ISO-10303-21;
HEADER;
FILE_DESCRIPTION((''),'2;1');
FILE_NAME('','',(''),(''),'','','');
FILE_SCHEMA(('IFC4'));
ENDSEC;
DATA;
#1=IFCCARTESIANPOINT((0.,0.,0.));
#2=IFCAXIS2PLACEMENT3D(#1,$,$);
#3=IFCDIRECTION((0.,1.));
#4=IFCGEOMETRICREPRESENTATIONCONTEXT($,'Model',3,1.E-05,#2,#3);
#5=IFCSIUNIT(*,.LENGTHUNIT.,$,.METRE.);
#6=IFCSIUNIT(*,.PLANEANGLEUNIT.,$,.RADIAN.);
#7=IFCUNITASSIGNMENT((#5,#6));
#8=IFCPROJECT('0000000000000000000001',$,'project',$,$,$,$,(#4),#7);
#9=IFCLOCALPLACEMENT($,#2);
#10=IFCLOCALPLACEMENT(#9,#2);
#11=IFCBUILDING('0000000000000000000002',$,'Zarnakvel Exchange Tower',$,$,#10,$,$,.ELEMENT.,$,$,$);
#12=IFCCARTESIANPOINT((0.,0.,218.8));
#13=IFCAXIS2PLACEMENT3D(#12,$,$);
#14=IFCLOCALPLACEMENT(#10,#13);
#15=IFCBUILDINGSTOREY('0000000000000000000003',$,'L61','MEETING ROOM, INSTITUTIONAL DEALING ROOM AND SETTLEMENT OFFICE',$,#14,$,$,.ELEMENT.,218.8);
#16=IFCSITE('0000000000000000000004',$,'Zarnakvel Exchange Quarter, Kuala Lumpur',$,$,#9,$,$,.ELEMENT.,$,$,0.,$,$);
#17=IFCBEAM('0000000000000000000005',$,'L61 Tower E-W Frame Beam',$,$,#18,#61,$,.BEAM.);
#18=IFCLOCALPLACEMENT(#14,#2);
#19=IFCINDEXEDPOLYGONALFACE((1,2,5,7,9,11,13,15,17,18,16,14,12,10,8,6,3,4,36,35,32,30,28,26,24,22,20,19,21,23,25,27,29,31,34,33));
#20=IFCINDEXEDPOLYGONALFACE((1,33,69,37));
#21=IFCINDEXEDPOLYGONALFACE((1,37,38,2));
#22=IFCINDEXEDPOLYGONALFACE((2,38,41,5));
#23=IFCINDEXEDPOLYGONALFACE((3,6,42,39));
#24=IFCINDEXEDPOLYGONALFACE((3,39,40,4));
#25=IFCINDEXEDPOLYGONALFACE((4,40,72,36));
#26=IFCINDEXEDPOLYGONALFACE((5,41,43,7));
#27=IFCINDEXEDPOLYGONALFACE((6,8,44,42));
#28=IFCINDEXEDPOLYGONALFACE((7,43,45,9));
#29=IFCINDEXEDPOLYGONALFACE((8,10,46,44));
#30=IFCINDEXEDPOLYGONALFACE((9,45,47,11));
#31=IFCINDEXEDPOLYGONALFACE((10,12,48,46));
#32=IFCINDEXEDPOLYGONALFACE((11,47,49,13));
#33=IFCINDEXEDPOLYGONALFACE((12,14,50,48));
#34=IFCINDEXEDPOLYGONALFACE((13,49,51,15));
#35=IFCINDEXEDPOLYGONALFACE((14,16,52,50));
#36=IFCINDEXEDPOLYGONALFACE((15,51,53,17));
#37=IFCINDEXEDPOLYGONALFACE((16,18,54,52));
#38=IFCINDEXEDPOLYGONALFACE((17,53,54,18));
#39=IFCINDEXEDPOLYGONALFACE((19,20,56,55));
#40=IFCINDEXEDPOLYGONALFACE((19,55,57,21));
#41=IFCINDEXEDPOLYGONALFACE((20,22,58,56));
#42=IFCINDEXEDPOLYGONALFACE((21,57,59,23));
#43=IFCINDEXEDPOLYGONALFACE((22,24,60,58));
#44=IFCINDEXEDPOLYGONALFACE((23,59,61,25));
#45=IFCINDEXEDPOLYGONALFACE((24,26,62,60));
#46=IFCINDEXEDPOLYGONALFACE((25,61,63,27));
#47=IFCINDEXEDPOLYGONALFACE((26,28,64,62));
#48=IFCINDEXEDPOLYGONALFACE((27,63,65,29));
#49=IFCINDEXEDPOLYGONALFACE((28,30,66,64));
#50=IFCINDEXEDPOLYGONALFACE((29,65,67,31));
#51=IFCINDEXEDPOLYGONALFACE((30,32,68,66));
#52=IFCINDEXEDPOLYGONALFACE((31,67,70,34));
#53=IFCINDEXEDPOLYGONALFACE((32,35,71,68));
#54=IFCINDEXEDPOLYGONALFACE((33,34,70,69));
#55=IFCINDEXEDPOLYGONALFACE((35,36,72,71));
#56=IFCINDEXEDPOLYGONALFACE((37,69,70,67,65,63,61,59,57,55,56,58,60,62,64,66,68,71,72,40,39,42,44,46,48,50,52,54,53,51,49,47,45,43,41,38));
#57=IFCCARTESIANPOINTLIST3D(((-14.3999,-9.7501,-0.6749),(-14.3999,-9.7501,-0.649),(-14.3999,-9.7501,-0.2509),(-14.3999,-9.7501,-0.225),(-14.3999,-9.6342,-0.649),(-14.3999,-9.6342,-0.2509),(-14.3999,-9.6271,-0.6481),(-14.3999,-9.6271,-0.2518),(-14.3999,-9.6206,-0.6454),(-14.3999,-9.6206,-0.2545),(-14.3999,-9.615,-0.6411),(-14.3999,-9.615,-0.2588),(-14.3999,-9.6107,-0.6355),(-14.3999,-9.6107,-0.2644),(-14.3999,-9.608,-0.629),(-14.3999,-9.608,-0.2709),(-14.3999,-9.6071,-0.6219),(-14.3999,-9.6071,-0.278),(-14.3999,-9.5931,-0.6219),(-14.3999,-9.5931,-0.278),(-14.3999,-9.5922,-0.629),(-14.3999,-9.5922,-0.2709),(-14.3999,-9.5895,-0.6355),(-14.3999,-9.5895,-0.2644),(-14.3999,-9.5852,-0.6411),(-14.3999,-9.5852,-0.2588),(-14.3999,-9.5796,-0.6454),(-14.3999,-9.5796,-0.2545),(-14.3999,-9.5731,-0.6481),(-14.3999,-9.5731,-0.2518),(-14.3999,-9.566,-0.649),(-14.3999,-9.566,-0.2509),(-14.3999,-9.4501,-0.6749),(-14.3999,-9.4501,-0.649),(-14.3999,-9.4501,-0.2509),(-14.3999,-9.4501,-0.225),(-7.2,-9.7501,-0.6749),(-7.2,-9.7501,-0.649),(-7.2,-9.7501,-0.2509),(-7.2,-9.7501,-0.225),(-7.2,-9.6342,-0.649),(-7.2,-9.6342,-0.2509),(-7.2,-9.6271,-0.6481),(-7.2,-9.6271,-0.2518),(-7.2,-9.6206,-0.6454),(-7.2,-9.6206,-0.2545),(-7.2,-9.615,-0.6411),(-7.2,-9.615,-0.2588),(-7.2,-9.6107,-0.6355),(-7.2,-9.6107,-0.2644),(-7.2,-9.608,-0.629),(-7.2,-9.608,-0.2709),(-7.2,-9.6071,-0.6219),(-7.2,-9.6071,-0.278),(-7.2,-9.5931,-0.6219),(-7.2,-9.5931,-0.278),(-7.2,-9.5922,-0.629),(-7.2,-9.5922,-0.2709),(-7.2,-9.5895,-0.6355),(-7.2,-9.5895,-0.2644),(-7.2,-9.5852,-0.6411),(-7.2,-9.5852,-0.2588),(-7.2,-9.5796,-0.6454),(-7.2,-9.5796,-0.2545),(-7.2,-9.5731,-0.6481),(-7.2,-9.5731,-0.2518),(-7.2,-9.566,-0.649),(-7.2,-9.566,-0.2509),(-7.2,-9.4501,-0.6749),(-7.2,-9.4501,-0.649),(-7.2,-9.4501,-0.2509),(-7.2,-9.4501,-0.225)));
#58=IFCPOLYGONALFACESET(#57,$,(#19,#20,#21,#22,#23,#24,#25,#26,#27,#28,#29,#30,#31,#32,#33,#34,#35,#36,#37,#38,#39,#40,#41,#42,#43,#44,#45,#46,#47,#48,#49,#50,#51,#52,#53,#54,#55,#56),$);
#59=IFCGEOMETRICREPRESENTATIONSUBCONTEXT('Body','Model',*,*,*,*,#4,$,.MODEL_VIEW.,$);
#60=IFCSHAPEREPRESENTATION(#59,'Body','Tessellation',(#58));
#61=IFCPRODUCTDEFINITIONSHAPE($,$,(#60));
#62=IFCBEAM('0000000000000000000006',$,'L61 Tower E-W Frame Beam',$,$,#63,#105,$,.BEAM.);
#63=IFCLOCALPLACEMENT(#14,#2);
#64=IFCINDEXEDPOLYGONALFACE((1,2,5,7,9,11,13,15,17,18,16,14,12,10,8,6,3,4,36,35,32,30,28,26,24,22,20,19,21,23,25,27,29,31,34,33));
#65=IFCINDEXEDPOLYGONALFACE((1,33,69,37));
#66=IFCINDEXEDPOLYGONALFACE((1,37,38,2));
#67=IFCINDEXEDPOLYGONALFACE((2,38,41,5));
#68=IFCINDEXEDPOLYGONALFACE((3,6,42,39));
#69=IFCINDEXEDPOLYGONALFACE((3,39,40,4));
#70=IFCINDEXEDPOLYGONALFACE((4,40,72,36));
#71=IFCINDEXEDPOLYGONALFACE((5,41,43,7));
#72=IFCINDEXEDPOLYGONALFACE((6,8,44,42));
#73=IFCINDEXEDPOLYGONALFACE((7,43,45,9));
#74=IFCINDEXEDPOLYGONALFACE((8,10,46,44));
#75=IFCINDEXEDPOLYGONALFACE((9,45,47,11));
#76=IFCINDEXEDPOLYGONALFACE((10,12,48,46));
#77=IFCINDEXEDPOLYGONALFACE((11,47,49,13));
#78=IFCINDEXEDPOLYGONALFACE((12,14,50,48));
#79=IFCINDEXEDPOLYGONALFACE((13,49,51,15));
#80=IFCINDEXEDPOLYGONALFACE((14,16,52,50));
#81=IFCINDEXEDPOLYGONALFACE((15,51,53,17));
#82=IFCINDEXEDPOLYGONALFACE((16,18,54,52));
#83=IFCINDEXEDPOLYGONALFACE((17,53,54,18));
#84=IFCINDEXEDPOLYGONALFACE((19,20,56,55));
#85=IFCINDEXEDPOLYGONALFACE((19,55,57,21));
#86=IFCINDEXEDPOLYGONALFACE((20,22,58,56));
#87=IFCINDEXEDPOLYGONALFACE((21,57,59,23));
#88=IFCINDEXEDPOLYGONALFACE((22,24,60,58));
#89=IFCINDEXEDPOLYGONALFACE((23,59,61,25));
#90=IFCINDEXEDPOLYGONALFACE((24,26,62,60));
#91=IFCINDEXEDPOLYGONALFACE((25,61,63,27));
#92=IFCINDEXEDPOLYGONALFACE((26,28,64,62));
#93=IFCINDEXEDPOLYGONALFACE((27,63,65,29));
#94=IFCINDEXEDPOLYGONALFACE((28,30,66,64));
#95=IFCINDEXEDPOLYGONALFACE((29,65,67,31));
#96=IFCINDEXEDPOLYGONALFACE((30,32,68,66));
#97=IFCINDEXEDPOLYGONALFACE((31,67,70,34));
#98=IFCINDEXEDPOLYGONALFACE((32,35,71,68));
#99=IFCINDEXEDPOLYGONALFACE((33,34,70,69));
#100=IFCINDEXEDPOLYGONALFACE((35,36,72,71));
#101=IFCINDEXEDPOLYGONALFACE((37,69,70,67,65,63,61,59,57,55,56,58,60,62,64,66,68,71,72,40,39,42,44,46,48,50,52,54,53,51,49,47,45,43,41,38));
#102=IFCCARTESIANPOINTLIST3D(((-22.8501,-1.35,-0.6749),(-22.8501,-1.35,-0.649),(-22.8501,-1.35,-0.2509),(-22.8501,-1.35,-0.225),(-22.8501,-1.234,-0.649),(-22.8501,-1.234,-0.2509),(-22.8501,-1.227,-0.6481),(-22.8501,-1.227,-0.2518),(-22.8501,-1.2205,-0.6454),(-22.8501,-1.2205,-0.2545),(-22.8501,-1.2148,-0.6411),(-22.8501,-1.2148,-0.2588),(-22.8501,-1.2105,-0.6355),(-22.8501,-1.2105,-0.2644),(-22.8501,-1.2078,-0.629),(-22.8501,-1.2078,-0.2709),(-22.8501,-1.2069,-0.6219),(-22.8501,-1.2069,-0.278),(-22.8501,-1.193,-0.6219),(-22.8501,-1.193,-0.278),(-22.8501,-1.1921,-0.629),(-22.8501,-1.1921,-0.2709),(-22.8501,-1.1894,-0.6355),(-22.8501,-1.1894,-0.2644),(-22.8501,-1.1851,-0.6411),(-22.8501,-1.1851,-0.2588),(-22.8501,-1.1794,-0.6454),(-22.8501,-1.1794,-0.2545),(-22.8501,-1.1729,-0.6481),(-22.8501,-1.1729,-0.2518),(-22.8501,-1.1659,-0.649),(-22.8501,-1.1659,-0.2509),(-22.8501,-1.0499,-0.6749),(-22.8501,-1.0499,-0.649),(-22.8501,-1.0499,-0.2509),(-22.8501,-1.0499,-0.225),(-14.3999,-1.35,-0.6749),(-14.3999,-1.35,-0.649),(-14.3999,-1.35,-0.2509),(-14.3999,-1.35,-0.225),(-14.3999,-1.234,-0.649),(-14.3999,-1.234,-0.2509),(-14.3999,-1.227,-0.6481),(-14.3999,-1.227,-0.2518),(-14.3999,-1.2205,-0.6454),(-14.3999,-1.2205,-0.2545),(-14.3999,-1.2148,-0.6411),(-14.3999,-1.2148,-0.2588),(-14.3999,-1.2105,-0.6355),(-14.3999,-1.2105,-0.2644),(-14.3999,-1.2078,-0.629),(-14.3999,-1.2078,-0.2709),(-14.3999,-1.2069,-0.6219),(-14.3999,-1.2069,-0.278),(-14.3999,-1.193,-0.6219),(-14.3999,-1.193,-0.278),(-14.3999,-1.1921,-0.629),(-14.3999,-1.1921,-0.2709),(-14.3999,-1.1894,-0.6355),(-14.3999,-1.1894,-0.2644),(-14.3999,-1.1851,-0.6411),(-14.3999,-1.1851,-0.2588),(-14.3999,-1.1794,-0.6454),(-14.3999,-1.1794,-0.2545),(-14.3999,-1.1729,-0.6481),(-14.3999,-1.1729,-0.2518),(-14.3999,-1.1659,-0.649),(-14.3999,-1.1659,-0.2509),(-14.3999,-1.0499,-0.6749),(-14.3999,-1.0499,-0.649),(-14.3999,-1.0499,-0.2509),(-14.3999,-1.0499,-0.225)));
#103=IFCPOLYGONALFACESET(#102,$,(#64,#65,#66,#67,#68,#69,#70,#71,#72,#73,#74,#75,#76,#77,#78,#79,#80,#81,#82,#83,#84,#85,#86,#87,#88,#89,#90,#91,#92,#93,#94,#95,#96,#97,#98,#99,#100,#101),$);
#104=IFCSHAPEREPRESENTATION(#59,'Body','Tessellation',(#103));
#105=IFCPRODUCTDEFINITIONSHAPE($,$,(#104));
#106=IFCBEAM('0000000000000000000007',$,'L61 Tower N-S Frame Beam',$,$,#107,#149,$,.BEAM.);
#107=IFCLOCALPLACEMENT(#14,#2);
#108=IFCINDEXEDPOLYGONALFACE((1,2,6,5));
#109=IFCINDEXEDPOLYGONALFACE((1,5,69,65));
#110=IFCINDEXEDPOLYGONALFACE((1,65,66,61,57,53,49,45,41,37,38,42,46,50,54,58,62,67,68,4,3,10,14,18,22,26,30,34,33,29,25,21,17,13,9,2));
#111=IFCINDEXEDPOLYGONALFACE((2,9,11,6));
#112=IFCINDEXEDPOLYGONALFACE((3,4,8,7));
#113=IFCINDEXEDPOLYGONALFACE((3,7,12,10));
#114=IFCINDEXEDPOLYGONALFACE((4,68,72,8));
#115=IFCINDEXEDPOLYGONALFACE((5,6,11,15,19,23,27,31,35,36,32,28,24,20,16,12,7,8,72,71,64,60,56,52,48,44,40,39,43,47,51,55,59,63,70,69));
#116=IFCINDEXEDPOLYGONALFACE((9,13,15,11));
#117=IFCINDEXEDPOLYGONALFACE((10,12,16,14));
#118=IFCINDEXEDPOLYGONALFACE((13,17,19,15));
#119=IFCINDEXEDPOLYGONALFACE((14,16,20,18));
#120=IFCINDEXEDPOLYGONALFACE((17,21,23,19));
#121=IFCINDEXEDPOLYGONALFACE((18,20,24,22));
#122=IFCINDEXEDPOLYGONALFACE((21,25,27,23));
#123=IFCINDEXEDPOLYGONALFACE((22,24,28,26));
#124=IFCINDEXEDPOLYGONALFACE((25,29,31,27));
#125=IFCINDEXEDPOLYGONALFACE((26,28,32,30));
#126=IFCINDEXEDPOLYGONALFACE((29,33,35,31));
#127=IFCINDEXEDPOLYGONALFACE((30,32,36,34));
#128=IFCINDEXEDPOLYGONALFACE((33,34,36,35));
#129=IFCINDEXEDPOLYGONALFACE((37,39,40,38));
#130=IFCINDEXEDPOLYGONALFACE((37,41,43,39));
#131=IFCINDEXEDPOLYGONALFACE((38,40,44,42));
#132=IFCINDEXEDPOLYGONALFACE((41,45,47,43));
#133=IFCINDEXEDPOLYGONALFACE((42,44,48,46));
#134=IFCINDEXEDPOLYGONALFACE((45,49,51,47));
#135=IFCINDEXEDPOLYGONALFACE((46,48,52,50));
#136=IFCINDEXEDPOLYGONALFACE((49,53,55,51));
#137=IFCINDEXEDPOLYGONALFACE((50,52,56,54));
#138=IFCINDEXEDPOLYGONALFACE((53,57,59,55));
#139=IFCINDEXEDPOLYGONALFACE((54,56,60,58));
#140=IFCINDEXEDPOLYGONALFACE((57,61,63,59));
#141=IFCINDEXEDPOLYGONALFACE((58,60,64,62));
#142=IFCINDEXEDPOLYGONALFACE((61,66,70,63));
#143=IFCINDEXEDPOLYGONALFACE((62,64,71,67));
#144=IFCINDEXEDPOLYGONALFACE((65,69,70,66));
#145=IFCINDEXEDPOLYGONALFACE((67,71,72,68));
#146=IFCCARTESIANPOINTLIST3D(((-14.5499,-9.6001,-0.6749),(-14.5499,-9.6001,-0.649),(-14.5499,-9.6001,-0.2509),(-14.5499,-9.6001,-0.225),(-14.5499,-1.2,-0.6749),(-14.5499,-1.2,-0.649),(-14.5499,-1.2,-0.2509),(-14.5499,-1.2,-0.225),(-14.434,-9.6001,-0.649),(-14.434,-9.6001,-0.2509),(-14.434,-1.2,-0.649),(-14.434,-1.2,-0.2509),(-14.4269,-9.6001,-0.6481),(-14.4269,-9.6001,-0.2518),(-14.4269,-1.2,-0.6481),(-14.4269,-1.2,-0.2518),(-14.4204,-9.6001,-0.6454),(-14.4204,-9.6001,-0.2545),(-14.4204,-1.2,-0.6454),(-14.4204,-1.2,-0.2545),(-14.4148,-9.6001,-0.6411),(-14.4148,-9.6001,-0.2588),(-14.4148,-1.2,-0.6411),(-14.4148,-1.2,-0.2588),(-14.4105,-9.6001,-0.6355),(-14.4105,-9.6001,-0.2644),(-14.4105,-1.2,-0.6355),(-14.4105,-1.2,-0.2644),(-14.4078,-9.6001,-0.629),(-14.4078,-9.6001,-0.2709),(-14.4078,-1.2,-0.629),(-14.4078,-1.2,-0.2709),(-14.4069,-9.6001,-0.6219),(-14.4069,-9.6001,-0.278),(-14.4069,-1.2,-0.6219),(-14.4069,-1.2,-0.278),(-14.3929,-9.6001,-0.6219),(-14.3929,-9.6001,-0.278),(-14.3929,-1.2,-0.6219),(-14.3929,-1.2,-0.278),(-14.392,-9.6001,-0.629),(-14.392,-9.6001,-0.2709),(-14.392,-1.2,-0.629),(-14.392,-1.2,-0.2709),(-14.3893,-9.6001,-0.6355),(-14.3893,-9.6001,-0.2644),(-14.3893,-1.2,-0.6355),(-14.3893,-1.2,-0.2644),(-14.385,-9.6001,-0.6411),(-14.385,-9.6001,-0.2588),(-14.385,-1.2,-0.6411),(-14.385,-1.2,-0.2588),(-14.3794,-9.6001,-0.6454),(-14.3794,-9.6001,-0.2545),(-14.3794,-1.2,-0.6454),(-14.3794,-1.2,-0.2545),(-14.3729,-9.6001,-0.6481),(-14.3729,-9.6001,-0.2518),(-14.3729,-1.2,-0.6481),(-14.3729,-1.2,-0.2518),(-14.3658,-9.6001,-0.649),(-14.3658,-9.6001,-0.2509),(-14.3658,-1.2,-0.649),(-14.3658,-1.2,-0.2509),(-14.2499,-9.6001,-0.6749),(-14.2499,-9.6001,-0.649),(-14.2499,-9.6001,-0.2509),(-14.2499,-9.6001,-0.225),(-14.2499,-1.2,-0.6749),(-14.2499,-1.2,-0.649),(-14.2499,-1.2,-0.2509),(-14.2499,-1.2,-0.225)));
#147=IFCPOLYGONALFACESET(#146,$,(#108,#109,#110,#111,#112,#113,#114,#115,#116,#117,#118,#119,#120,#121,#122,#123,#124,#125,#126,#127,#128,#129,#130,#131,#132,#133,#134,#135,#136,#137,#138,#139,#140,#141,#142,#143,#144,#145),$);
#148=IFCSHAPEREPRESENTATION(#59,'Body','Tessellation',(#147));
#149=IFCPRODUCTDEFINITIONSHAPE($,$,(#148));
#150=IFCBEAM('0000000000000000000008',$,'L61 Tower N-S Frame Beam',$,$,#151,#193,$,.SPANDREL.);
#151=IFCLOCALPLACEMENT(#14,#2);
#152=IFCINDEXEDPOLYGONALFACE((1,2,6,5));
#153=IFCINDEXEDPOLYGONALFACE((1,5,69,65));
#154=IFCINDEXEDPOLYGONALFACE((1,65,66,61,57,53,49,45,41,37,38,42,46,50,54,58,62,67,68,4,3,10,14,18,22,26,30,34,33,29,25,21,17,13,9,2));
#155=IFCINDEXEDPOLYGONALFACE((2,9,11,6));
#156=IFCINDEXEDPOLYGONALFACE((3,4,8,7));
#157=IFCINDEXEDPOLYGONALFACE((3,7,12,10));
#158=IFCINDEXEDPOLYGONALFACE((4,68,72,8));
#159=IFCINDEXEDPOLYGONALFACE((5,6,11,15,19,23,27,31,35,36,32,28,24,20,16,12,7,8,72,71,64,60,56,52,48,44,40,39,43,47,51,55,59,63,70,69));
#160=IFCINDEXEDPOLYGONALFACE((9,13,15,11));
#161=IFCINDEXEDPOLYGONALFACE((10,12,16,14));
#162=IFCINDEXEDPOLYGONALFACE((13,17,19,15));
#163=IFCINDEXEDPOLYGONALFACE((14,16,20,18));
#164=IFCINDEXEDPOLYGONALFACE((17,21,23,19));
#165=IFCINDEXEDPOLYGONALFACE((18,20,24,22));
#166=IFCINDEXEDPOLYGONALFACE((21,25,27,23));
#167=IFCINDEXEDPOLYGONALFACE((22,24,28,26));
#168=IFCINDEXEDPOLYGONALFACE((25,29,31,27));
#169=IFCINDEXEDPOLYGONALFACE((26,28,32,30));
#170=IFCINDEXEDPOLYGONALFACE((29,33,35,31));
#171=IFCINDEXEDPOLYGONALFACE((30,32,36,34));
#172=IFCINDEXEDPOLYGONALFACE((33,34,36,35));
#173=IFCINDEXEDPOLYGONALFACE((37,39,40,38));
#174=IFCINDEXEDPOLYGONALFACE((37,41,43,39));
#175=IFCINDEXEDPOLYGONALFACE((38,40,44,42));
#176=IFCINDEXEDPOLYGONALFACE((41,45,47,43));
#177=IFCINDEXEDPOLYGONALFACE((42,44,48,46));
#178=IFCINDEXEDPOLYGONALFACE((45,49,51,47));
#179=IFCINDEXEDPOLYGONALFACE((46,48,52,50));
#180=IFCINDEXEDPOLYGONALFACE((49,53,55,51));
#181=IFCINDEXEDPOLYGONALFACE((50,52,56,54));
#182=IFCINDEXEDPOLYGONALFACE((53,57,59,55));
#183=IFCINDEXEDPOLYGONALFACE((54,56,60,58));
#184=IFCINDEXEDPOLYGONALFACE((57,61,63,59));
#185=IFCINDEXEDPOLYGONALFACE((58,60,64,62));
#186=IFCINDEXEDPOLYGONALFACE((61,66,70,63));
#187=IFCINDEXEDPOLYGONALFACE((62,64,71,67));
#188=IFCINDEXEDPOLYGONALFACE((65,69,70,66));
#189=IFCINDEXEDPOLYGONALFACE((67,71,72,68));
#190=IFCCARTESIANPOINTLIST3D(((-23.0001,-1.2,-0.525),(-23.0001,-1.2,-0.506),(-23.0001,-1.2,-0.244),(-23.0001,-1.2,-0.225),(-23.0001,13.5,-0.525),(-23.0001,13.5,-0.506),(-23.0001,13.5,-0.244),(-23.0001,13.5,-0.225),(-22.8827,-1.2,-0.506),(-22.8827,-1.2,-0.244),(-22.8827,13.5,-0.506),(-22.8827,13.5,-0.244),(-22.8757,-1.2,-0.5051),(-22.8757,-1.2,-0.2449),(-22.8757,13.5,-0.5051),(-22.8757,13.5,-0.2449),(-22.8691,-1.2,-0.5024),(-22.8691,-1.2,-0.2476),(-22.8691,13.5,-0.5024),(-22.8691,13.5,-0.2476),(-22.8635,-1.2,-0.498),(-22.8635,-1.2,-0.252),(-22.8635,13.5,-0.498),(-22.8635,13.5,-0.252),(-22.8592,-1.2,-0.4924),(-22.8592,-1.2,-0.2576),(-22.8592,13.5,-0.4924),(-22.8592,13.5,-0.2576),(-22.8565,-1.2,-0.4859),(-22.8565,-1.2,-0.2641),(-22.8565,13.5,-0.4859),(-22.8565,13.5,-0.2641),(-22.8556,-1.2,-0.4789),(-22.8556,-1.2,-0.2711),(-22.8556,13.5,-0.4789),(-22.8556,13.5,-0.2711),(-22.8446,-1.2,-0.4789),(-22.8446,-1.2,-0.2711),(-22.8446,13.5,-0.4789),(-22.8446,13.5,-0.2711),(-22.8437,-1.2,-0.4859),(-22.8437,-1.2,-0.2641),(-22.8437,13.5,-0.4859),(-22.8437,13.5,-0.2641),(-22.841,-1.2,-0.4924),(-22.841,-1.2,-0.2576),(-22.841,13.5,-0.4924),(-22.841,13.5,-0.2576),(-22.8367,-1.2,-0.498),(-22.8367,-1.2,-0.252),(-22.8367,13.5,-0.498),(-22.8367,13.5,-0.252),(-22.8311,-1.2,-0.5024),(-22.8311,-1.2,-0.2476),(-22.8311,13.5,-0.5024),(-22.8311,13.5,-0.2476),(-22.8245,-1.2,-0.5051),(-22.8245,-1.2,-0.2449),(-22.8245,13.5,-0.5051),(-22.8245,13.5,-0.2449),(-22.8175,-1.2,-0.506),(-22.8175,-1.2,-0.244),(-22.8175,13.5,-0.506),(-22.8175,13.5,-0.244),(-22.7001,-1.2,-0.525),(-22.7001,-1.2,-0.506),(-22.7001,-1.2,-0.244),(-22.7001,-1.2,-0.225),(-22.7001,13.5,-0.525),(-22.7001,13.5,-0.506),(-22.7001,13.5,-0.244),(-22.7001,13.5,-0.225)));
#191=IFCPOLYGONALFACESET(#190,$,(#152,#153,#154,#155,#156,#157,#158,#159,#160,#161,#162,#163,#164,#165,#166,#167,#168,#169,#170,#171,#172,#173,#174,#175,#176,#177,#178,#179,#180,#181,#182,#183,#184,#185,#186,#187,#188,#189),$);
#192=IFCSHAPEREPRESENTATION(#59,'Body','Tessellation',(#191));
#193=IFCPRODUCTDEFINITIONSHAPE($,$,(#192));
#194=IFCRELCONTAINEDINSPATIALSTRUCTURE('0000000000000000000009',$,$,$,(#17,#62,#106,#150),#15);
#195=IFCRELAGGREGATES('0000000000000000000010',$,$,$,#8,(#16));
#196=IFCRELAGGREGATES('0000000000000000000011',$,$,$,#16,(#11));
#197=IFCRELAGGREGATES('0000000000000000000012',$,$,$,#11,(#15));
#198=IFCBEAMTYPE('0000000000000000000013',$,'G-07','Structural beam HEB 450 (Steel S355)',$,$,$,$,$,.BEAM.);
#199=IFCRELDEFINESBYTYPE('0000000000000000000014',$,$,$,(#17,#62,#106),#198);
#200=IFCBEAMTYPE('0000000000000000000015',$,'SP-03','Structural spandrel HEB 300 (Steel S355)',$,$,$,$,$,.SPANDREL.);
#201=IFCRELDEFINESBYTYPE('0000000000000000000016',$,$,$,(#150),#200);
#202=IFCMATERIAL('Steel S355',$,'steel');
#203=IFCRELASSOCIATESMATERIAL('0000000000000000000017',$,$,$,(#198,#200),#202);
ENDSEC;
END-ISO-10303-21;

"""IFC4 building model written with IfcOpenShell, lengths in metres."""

from ifc_helpers import new_model, si_unit, direction, frame, origin, origin_2d, place, context, subcontext, project, spatial, i_section, extrude, material, material_profile, profile_set, type_object, element, save


model = new_model("IFC4")

# Units and contexts
model_context = context("Model", 3, precision=1e-05, world=origin(), true_north=direction((0.0, 1.0)))
body_context = subcontext(model_context, "Body", "Model", "MODEL_VIEW")
ifc_project = project(units=[si_unit("LENGTHUNIT", "METRE"), si_unit("PLANEANGLEUNIT", "RADIAN")], contexts=[model_context])

# Site, building, storey
site_placement = place(None, origin())
site = spatial("IfcSite", under=ifc_project, at=site_placement, Name="Zarnakvel Exchange Quarter, Kuala Lumpur", CompositionType="ELEMENT", RefElevation=0.0)
building_placement = place(site_placement, origin())
building = spatial("IfcBuilding", under=site, at=building_placement, Name="Zarnakvel Exchange Tower", CompositionType="ELEMENT")
storey_placement = place(building_placement, frame((0.0, 0.0, 218.8)))
storey = spatial("IfcBuildingStorey", under=building, at=storey_placement, Name="L61", Description="MEETING ROOM, INSTITUTIONAL DEALING ROOM AND SETTLEMENT OFFICE", CompositionType="ELEMENT", Elevation=218.8)

# Shared definitions
ifc_material_1 = material(Name="Steel S355", Category="steel")

# Beams
ifc_material_profile_1 = material_profile(ifc_material_1, i_section(OverallWidth=0.3, OverallDepth=0.45, WebThickness=0.0139, FlangeThickness=0.0259, FilletRadius=0.0271, at=origin_2d()))
ifc_profile_set_1 = profile_set([ifc_material_profile_1], Name="Steel S355")
beam_type_1 = type_object("IfcBeamType", Name="G-07", Description="Structural beam HEB 450 (Steel S355)", PredefinedType="BEAM", material=ifc_profile_set_1)
beam_1_placement = place(storey_placement, frame((-14.3999, -9.6001, -0.45), z_axis=(1.0, 0.0, 0.0), x_axis=(0.0, 1.0, 0.0)))
element("IfcBeam", 1, at=beam_1_placement, inside=storey, type_object=beam_type_1, Name="L61 Tower E-W Frame Beam", PredefinedType="BEAM", context=body_context, shape_type="SweptSolid", body=[
    extrude(i_section(OverallWidth=0.3, OverallDepth=0.45, WebThickness=0.0139, FlangeThickness=0.0259, FilletRadius=0.0271, at=origin_2d()), origin(), (0.0, 0.0, 1.0), 7.2),
])
beam_2_placement = place(storey_placement, frame((-22.8501, -1.2, -0.45), z_axis=(1.0, 0.0, 0.0), x_axis=(0.0, 1.0, 0.0)))
element("IfcBeam", 2, at=beam_2_placement, inside=storey, type_object=beam_type_1, Name="L61 Tower E-W Frame Beam", PredefinedType="BEAM", context=body_context, shape_type="SweptSolid", body=[
    extrude(i_section(OverallWidth=0.3, OverallDepth=0.45, WebThickness=0.0139, FlangeThickness=0.0259, FilletRadius=0.0271, at=origin_2d()), origin(), (0.0, 0.0, 1.0), 8.4502),
])
beam_3_placement = place(storey_placement, frame((-14.3999, -9.6001, -0.45), z_axis=(0.0, 1.0, 0.0), x_axis=(-1.0, 0.0, 0.0)))
element("IfcBeam", 3, at=beam_3_placement, inside=storey, type_object=beam_type_1, Name="L61 Tower N-S Frame Beam", PredefinedType="BEAM", context=body_context, shape_type="SweptSolid", body=[
    extrude(i_section(OverallWidth=0.3, OverallDepth=0.45, WebThickness=0.0139, FlangeThickness=0.0259, FilletRadius=0.0271, at=origin_2d()), origin(), (0.0, 0.0, 1.0), 8.4001),
])
ifc_material_profile_2 = material_profile(ifc_material_1, i_section(OverallWidth=0.3, OverallDepth=0.3, WebThickness=0.011, FlangeThickness=0.019, FilletRadius=0.0271, at=origin_2d()))
ifc_profile_set_2 = profile_set([ifc_material_profile_2], Name="Steel S355")
beam_type_2 = type_object("IfcBeamType", Name="SP-03", Description="Structural spandrel HEB 300 (Steel S355)", PredefinedType="SPANDREL", material=ifc_profile_set_2)
beam_4_placement = place(storey_placement, frame((-22.8501, -1.2, -0.375), z_axis=(0.0, 1.0, 0.0), x_axis=(-1.0, 0.0, 0.0)))
element("IfcBeam", 4, at=beam_4_placement, inside=storey, type_object=beam_type_2, Name="L61 Tower N-S Frame Beam", PredefinedType="SPANDREL", context=body_context, shape_type="SweptSolid", body=[
    extrude(i_section(OverallWidth=0.3, OverallDepth=0.3, WebThickness=0.011, FlangeThickness=0.019, FilletRadius=0.0271, at=origin_2d()), origin(), (0.0, 0.0, 1.0), 14.7),
])

save(model, "model.ifc")
